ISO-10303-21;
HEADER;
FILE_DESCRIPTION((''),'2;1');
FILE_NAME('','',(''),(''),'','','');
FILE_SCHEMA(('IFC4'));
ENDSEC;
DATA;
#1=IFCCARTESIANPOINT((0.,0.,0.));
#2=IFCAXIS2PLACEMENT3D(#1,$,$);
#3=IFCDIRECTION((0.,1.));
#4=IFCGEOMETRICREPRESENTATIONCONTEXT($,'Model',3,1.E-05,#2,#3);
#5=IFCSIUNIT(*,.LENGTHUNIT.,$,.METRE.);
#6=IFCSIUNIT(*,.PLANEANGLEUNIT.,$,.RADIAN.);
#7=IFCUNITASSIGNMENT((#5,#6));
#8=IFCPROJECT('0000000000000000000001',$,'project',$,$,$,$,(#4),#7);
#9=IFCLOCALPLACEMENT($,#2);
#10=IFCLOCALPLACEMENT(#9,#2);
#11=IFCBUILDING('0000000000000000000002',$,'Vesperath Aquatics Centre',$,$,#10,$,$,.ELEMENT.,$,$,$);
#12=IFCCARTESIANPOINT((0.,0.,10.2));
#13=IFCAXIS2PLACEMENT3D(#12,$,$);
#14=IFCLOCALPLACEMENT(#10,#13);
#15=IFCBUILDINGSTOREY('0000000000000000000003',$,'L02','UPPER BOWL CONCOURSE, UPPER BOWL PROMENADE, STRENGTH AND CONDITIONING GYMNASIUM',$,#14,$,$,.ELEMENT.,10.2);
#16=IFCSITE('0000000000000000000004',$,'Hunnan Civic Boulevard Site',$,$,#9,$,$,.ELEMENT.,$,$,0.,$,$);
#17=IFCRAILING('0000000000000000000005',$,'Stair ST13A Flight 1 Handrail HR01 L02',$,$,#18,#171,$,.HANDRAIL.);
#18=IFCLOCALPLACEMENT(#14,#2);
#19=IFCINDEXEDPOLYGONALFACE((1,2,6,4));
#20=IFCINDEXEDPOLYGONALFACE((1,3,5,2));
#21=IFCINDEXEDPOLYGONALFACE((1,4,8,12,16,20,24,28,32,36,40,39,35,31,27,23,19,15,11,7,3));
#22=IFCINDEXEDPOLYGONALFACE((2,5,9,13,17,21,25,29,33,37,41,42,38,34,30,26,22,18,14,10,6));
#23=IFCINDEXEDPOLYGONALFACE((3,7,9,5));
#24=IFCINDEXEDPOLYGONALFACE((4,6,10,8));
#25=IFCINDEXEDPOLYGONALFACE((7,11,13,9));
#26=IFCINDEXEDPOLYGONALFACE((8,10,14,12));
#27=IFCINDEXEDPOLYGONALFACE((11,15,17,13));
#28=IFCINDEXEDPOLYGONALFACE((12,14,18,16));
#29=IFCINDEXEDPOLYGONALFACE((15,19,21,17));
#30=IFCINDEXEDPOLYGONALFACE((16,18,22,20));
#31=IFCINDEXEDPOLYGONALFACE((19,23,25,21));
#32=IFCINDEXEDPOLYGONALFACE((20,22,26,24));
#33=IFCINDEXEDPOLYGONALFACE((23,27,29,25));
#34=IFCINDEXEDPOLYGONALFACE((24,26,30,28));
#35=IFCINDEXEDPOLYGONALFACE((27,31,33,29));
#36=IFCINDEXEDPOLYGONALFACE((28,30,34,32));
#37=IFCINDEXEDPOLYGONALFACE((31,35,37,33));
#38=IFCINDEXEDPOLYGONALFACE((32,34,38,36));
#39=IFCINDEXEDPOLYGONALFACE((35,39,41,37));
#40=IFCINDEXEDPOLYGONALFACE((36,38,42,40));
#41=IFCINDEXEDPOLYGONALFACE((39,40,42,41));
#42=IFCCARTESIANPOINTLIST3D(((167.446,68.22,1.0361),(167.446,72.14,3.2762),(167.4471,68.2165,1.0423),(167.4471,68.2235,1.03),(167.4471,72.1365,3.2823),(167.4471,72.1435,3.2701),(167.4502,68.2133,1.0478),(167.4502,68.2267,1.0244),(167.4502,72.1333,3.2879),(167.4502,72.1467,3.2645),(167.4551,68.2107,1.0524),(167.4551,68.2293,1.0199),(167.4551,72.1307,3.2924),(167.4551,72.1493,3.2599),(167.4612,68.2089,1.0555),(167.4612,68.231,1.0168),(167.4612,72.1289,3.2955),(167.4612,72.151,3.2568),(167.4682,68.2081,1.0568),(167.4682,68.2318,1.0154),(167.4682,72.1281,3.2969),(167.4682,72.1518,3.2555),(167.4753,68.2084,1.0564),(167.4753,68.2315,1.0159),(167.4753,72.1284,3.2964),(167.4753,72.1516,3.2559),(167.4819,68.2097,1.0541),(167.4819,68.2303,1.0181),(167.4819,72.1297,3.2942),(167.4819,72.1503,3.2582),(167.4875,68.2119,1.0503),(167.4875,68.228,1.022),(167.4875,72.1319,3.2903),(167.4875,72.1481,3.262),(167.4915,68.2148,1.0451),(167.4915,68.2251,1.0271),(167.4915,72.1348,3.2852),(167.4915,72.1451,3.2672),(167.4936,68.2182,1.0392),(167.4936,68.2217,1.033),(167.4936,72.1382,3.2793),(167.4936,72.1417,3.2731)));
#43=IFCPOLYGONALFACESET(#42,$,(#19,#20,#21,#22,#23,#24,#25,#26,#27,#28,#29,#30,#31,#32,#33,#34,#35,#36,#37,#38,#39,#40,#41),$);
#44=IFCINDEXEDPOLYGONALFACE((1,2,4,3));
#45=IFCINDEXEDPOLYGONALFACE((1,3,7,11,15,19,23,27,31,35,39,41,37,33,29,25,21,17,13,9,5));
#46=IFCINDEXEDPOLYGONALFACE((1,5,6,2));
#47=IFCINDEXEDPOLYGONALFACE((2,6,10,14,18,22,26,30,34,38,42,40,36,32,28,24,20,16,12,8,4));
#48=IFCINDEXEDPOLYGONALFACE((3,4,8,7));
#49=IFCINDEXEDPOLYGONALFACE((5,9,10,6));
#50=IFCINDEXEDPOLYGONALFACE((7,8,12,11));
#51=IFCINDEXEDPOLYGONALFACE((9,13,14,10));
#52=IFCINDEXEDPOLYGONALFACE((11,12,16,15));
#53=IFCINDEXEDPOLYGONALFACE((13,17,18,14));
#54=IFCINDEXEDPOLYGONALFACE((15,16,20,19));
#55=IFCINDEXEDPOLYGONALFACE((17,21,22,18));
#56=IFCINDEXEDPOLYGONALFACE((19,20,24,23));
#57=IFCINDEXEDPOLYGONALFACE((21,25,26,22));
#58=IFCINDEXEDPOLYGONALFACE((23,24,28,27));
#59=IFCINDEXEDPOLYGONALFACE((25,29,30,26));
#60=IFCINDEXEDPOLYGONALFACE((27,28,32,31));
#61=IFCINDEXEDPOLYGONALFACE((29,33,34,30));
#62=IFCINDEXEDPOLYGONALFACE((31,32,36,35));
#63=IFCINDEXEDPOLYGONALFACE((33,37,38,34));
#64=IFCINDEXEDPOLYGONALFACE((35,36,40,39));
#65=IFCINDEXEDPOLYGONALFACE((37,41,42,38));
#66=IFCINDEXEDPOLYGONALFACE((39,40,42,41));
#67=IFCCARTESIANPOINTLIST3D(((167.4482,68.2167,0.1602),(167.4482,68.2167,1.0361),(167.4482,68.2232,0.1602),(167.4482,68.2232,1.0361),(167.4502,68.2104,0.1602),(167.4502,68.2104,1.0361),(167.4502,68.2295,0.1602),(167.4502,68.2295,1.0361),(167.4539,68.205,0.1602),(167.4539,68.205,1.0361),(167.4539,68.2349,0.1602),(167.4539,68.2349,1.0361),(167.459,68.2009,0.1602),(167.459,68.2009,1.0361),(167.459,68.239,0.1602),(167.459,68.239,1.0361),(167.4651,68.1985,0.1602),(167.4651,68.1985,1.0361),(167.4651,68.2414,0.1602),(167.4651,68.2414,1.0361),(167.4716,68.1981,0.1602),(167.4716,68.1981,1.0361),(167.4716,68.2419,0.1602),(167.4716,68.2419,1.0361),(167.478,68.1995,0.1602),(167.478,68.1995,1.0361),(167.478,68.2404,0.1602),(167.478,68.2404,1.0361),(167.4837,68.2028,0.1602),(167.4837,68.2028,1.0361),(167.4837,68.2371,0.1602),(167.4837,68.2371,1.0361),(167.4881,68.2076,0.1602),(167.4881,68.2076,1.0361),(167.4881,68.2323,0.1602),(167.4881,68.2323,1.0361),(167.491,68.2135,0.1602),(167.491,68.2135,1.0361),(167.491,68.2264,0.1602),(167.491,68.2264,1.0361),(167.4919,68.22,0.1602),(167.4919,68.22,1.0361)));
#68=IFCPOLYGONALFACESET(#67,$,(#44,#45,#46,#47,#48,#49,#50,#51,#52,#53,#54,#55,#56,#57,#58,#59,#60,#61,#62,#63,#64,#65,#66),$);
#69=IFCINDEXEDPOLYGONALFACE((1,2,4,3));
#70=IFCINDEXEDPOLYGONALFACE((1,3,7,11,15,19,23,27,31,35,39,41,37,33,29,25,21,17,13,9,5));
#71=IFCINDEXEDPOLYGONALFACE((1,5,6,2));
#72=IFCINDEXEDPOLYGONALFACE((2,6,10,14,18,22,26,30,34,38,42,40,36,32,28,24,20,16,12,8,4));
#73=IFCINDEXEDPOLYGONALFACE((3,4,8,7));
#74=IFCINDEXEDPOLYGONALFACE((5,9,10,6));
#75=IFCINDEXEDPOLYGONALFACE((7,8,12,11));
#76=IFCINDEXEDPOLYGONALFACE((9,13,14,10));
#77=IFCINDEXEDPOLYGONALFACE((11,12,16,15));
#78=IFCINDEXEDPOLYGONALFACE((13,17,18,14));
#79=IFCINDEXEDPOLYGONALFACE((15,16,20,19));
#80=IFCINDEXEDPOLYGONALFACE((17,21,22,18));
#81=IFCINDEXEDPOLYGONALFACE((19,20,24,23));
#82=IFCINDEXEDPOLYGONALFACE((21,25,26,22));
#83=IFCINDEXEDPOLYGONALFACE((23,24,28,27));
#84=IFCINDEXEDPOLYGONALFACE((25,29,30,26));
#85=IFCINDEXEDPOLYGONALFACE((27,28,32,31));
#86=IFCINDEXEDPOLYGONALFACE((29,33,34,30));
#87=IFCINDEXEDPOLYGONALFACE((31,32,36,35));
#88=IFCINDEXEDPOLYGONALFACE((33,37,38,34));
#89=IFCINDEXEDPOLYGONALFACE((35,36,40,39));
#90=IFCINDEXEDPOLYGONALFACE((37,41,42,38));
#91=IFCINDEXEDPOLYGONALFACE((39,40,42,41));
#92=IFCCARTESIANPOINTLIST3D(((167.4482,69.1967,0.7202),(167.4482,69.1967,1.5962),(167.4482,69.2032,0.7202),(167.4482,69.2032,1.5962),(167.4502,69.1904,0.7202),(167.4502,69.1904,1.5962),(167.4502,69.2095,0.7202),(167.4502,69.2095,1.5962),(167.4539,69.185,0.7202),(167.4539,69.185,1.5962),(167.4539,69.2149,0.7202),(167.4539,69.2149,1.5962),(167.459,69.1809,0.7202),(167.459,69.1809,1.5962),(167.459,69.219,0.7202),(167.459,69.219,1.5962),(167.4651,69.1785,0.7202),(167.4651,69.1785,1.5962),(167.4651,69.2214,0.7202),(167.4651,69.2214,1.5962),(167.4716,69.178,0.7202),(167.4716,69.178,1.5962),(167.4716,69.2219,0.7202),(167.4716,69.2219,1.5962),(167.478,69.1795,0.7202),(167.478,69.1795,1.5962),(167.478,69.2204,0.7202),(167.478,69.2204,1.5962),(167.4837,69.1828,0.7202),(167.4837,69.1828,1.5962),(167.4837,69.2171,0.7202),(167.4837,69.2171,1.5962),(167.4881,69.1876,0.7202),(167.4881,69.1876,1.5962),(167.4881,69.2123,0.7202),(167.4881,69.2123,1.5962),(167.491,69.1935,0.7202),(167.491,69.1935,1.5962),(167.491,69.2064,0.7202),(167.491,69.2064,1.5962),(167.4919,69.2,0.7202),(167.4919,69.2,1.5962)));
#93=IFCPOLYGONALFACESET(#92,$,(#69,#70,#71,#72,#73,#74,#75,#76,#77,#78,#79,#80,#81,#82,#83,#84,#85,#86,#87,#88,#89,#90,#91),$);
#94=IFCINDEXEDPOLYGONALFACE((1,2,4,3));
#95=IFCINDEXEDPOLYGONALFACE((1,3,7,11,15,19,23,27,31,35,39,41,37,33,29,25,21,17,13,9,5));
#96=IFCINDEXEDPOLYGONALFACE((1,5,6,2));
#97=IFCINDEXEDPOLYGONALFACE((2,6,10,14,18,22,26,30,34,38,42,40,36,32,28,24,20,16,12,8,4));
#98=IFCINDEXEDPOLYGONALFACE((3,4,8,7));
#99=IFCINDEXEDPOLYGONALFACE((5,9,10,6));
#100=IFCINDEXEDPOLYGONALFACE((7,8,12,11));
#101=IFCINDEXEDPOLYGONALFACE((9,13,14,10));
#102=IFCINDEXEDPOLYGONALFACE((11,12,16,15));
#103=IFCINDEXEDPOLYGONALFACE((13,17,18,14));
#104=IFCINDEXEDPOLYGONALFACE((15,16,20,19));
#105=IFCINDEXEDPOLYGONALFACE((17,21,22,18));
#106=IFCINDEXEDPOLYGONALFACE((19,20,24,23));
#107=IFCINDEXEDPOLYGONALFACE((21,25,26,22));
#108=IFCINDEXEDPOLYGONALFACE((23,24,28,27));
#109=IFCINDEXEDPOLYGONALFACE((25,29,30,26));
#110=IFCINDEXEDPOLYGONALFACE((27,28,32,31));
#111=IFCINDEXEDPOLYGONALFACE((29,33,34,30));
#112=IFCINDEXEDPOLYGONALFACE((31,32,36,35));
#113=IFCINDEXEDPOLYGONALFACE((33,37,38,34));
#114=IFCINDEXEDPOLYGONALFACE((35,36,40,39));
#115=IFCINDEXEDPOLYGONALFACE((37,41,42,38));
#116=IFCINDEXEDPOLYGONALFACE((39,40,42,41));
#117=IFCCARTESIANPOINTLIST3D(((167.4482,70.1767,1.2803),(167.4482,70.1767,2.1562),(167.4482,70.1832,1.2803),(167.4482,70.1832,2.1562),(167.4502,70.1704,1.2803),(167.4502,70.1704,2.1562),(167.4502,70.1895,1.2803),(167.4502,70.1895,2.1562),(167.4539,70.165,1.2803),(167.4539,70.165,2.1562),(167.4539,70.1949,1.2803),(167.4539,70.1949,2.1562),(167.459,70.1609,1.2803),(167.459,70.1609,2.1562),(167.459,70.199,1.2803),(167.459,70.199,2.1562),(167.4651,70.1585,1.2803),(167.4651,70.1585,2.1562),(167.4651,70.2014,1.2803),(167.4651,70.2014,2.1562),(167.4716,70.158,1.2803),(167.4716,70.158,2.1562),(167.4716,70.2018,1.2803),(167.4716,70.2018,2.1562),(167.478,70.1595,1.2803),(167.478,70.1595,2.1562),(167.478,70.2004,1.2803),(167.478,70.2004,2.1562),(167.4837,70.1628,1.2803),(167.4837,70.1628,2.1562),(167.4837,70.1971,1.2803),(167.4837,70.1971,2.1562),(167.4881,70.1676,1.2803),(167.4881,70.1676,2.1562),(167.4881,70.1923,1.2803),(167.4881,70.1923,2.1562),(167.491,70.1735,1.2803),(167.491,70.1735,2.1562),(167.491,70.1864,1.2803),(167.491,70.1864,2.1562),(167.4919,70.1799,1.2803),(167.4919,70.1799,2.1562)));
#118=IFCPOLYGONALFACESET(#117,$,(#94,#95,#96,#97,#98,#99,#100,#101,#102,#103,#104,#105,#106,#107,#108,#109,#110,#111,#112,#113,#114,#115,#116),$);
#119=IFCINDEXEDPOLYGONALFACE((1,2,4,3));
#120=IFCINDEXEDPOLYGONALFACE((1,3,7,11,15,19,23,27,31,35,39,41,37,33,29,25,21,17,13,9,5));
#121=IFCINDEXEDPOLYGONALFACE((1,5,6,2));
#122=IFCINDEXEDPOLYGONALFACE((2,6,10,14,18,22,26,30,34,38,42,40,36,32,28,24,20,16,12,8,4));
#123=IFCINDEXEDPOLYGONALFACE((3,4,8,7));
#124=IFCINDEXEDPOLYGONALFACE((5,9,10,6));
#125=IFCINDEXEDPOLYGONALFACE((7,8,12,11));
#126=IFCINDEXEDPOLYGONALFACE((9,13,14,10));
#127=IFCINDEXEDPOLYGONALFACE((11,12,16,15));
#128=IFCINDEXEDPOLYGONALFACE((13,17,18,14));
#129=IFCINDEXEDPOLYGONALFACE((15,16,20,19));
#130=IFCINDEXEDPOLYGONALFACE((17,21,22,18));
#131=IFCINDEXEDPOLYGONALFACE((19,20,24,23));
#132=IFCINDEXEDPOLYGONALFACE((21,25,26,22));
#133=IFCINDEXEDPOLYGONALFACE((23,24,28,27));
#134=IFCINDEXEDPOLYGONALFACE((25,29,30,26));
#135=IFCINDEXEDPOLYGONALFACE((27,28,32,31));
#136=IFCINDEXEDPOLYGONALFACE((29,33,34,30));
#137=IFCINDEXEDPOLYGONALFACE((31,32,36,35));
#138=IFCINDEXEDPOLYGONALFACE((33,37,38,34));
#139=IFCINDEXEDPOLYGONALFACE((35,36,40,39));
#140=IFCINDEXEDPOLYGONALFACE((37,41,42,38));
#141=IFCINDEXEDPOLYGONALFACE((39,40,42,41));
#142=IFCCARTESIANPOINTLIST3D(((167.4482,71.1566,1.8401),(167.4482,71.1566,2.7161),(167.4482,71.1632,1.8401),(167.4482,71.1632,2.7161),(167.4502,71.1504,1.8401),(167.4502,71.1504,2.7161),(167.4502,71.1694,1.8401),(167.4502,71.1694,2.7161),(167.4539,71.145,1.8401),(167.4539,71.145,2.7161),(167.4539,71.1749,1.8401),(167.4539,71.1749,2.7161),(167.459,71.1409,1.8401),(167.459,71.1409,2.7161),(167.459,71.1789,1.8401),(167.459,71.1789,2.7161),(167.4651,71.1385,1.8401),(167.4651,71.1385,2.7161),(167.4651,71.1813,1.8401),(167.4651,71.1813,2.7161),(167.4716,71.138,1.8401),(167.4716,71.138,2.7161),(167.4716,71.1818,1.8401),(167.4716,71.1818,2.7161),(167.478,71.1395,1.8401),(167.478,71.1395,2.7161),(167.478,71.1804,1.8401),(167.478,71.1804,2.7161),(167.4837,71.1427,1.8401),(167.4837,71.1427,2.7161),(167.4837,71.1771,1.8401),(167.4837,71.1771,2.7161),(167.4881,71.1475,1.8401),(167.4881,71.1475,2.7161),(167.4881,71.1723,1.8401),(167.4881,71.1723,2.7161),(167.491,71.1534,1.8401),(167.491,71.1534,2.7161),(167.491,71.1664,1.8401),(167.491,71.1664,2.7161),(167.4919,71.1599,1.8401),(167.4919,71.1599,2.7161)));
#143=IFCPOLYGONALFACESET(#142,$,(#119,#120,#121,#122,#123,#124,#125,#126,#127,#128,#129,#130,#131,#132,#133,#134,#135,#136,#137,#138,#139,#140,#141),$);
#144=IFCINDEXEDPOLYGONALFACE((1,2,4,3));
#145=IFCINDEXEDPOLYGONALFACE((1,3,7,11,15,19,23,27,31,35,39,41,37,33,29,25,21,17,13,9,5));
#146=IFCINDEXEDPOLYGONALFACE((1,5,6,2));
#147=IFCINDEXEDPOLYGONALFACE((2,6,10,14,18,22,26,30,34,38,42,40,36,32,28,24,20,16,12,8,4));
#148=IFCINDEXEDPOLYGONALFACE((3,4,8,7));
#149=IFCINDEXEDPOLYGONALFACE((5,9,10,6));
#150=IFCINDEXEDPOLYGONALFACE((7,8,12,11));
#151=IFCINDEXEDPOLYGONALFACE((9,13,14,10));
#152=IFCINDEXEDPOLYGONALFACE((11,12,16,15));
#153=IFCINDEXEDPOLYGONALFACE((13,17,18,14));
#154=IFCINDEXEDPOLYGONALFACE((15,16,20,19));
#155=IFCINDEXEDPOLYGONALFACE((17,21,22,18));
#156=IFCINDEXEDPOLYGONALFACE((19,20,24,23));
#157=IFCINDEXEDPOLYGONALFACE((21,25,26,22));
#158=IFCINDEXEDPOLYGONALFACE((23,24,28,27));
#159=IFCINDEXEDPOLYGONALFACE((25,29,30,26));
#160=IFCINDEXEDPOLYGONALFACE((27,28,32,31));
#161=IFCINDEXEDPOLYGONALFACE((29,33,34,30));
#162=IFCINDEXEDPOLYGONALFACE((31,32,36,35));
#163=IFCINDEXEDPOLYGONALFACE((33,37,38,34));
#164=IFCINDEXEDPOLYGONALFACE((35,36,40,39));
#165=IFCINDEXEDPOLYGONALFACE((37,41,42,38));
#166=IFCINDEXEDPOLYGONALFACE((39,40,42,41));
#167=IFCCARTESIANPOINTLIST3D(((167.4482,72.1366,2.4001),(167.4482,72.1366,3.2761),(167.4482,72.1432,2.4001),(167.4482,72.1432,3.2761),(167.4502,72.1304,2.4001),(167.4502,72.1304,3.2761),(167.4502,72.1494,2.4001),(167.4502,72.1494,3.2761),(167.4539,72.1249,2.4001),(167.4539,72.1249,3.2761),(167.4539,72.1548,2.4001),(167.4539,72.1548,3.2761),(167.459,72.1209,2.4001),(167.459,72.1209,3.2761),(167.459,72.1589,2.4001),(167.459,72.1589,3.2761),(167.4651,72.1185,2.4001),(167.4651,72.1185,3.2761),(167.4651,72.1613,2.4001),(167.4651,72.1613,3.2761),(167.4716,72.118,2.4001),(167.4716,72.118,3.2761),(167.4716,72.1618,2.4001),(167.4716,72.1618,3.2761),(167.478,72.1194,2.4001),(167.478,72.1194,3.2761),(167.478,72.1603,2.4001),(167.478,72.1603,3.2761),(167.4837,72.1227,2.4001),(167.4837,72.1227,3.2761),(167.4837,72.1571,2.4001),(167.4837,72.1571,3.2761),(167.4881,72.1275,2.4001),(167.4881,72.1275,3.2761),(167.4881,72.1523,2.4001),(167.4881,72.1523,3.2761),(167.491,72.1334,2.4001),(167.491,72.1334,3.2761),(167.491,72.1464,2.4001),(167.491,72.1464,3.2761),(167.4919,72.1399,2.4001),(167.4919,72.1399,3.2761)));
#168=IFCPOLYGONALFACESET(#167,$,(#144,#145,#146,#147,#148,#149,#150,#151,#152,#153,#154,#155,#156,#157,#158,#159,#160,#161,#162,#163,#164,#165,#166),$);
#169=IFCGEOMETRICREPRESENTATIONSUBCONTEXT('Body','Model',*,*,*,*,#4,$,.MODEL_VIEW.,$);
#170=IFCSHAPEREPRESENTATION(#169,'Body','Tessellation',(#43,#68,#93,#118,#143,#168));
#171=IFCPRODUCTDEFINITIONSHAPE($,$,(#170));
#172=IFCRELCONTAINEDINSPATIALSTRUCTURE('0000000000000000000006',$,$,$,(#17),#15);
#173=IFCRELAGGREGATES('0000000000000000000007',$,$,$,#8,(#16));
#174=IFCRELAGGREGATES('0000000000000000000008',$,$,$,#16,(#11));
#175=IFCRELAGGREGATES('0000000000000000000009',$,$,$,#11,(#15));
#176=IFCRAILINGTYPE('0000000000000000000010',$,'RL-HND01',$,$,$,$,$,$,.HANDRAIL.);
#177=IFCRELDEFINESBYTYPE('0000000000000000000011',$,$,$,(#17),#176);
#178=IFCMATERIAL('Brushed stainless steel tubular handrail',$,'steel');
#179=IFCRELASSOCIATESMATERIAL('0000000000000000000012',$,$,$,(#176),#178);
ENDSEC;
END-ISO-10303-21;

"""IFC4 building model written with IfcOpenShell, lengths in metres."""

from ifc_helpers import new_model, si_unit, direction, frame, origin, origin_2d, place, context, subcontext, project, spatial, circle, extrude, material, type_object, element, save


model = new_model("IFC4")

# Units and contexts
model_context = context("Model", 3, precision=1e-05, world=origin(), true_north=direction((0.0, 1.0)))
body_context = subcontext(model_context, "Body", "Model", "MODEL_VIEW")
ifc_project = project(units=[si_unit("LENGTHUNIT", "METRE"), si_unit("PLANEANGLEUNIT", "RADIAN")], contexts=[model_context])

# Site, building, storey
site_placement = place(None, origin())
site = spatial("IfcSite", under=ifc_project, at=site_placement, Name="Hunnan Civic Boulevard Site", CompositionType="ELEMENT", RefElevation=0.0)
building_placement = place(site_placement, origin())
building = spatial("IfcBuilding", under=site, at=building_placement, Name="Vesperath Aquatics Centre", CompositionType="ELEMENT")
storey_placement = place(building_placement, frame((0.0, 0.0, 10.2)))
storey = spatial("IfcBuildingStorey", under=building, at=storey_placement, Name="L02", Description="UPPER BOWL CONCOURSE, UPPER BOWL PROMENADE, STRENGTH AND CONDITIONING GYMNASIUM", CompositionType="ELEMENT", Elevation=10.2)

# Railing
ifc_material_1 = material(Name="Brushed stainless steel tubular handrail", Category="steel")
railing_type_1 = type_object("IfcRailingType", Name="RL-HND01", PredefinedType="HANDRAIL", material=ifc_material_1)
railing_1_placement = place(storey_placement, frame((167.47, 68.22, 0.1602)))
element("IfcRailing", 1, at=railing_1_placement, inside=storey, type_object=railing_type_1, Name="Stair ST13A Flight 1 Handrail HR01 L02", PredefinedType="HANDRAIL", context=body_context, shape_type="SweptSolid", body=[
    extrude(circle(Radius=0.0239, at=origin_2d()), frame((0.0, 0.0, 0.876), z_axis=(0.0, 0.86824, 0.496145), x_axis=(-1.0, 0.0, 0.0)), (0.0, 0.0, 1.0), 4.5149),
    extrude(circle(Radius=0.022, at=origin_2d()), origin(), (0.0, 0.0, 1.0), 0.876),
    extrude(circle(Radius=0.022, at=origin_2d()), frame((0.0, 0.98, 0.5601)), (0.0, 0.0, 1.0), 0.876),
    extrude(circle(Radius=0.022, at=origin_2d()), frame((0.0, 1.96, 1.1201)), (0.0, 0.0, 1.0), 0.876),
    extrude(circle(Radius=0.022, at=origin_2d()), frame((0.0, 2.9399, 1.6799)), (0.0, 0.0, 1.0), 0.876),
    extrude(circle(Radius=0.022, at=origin_2d()), frame((0.0, 3.9199, 2.24)), (0.0, 0.0, 1.0), 0.876),
])

save(model, "model.ifc")
